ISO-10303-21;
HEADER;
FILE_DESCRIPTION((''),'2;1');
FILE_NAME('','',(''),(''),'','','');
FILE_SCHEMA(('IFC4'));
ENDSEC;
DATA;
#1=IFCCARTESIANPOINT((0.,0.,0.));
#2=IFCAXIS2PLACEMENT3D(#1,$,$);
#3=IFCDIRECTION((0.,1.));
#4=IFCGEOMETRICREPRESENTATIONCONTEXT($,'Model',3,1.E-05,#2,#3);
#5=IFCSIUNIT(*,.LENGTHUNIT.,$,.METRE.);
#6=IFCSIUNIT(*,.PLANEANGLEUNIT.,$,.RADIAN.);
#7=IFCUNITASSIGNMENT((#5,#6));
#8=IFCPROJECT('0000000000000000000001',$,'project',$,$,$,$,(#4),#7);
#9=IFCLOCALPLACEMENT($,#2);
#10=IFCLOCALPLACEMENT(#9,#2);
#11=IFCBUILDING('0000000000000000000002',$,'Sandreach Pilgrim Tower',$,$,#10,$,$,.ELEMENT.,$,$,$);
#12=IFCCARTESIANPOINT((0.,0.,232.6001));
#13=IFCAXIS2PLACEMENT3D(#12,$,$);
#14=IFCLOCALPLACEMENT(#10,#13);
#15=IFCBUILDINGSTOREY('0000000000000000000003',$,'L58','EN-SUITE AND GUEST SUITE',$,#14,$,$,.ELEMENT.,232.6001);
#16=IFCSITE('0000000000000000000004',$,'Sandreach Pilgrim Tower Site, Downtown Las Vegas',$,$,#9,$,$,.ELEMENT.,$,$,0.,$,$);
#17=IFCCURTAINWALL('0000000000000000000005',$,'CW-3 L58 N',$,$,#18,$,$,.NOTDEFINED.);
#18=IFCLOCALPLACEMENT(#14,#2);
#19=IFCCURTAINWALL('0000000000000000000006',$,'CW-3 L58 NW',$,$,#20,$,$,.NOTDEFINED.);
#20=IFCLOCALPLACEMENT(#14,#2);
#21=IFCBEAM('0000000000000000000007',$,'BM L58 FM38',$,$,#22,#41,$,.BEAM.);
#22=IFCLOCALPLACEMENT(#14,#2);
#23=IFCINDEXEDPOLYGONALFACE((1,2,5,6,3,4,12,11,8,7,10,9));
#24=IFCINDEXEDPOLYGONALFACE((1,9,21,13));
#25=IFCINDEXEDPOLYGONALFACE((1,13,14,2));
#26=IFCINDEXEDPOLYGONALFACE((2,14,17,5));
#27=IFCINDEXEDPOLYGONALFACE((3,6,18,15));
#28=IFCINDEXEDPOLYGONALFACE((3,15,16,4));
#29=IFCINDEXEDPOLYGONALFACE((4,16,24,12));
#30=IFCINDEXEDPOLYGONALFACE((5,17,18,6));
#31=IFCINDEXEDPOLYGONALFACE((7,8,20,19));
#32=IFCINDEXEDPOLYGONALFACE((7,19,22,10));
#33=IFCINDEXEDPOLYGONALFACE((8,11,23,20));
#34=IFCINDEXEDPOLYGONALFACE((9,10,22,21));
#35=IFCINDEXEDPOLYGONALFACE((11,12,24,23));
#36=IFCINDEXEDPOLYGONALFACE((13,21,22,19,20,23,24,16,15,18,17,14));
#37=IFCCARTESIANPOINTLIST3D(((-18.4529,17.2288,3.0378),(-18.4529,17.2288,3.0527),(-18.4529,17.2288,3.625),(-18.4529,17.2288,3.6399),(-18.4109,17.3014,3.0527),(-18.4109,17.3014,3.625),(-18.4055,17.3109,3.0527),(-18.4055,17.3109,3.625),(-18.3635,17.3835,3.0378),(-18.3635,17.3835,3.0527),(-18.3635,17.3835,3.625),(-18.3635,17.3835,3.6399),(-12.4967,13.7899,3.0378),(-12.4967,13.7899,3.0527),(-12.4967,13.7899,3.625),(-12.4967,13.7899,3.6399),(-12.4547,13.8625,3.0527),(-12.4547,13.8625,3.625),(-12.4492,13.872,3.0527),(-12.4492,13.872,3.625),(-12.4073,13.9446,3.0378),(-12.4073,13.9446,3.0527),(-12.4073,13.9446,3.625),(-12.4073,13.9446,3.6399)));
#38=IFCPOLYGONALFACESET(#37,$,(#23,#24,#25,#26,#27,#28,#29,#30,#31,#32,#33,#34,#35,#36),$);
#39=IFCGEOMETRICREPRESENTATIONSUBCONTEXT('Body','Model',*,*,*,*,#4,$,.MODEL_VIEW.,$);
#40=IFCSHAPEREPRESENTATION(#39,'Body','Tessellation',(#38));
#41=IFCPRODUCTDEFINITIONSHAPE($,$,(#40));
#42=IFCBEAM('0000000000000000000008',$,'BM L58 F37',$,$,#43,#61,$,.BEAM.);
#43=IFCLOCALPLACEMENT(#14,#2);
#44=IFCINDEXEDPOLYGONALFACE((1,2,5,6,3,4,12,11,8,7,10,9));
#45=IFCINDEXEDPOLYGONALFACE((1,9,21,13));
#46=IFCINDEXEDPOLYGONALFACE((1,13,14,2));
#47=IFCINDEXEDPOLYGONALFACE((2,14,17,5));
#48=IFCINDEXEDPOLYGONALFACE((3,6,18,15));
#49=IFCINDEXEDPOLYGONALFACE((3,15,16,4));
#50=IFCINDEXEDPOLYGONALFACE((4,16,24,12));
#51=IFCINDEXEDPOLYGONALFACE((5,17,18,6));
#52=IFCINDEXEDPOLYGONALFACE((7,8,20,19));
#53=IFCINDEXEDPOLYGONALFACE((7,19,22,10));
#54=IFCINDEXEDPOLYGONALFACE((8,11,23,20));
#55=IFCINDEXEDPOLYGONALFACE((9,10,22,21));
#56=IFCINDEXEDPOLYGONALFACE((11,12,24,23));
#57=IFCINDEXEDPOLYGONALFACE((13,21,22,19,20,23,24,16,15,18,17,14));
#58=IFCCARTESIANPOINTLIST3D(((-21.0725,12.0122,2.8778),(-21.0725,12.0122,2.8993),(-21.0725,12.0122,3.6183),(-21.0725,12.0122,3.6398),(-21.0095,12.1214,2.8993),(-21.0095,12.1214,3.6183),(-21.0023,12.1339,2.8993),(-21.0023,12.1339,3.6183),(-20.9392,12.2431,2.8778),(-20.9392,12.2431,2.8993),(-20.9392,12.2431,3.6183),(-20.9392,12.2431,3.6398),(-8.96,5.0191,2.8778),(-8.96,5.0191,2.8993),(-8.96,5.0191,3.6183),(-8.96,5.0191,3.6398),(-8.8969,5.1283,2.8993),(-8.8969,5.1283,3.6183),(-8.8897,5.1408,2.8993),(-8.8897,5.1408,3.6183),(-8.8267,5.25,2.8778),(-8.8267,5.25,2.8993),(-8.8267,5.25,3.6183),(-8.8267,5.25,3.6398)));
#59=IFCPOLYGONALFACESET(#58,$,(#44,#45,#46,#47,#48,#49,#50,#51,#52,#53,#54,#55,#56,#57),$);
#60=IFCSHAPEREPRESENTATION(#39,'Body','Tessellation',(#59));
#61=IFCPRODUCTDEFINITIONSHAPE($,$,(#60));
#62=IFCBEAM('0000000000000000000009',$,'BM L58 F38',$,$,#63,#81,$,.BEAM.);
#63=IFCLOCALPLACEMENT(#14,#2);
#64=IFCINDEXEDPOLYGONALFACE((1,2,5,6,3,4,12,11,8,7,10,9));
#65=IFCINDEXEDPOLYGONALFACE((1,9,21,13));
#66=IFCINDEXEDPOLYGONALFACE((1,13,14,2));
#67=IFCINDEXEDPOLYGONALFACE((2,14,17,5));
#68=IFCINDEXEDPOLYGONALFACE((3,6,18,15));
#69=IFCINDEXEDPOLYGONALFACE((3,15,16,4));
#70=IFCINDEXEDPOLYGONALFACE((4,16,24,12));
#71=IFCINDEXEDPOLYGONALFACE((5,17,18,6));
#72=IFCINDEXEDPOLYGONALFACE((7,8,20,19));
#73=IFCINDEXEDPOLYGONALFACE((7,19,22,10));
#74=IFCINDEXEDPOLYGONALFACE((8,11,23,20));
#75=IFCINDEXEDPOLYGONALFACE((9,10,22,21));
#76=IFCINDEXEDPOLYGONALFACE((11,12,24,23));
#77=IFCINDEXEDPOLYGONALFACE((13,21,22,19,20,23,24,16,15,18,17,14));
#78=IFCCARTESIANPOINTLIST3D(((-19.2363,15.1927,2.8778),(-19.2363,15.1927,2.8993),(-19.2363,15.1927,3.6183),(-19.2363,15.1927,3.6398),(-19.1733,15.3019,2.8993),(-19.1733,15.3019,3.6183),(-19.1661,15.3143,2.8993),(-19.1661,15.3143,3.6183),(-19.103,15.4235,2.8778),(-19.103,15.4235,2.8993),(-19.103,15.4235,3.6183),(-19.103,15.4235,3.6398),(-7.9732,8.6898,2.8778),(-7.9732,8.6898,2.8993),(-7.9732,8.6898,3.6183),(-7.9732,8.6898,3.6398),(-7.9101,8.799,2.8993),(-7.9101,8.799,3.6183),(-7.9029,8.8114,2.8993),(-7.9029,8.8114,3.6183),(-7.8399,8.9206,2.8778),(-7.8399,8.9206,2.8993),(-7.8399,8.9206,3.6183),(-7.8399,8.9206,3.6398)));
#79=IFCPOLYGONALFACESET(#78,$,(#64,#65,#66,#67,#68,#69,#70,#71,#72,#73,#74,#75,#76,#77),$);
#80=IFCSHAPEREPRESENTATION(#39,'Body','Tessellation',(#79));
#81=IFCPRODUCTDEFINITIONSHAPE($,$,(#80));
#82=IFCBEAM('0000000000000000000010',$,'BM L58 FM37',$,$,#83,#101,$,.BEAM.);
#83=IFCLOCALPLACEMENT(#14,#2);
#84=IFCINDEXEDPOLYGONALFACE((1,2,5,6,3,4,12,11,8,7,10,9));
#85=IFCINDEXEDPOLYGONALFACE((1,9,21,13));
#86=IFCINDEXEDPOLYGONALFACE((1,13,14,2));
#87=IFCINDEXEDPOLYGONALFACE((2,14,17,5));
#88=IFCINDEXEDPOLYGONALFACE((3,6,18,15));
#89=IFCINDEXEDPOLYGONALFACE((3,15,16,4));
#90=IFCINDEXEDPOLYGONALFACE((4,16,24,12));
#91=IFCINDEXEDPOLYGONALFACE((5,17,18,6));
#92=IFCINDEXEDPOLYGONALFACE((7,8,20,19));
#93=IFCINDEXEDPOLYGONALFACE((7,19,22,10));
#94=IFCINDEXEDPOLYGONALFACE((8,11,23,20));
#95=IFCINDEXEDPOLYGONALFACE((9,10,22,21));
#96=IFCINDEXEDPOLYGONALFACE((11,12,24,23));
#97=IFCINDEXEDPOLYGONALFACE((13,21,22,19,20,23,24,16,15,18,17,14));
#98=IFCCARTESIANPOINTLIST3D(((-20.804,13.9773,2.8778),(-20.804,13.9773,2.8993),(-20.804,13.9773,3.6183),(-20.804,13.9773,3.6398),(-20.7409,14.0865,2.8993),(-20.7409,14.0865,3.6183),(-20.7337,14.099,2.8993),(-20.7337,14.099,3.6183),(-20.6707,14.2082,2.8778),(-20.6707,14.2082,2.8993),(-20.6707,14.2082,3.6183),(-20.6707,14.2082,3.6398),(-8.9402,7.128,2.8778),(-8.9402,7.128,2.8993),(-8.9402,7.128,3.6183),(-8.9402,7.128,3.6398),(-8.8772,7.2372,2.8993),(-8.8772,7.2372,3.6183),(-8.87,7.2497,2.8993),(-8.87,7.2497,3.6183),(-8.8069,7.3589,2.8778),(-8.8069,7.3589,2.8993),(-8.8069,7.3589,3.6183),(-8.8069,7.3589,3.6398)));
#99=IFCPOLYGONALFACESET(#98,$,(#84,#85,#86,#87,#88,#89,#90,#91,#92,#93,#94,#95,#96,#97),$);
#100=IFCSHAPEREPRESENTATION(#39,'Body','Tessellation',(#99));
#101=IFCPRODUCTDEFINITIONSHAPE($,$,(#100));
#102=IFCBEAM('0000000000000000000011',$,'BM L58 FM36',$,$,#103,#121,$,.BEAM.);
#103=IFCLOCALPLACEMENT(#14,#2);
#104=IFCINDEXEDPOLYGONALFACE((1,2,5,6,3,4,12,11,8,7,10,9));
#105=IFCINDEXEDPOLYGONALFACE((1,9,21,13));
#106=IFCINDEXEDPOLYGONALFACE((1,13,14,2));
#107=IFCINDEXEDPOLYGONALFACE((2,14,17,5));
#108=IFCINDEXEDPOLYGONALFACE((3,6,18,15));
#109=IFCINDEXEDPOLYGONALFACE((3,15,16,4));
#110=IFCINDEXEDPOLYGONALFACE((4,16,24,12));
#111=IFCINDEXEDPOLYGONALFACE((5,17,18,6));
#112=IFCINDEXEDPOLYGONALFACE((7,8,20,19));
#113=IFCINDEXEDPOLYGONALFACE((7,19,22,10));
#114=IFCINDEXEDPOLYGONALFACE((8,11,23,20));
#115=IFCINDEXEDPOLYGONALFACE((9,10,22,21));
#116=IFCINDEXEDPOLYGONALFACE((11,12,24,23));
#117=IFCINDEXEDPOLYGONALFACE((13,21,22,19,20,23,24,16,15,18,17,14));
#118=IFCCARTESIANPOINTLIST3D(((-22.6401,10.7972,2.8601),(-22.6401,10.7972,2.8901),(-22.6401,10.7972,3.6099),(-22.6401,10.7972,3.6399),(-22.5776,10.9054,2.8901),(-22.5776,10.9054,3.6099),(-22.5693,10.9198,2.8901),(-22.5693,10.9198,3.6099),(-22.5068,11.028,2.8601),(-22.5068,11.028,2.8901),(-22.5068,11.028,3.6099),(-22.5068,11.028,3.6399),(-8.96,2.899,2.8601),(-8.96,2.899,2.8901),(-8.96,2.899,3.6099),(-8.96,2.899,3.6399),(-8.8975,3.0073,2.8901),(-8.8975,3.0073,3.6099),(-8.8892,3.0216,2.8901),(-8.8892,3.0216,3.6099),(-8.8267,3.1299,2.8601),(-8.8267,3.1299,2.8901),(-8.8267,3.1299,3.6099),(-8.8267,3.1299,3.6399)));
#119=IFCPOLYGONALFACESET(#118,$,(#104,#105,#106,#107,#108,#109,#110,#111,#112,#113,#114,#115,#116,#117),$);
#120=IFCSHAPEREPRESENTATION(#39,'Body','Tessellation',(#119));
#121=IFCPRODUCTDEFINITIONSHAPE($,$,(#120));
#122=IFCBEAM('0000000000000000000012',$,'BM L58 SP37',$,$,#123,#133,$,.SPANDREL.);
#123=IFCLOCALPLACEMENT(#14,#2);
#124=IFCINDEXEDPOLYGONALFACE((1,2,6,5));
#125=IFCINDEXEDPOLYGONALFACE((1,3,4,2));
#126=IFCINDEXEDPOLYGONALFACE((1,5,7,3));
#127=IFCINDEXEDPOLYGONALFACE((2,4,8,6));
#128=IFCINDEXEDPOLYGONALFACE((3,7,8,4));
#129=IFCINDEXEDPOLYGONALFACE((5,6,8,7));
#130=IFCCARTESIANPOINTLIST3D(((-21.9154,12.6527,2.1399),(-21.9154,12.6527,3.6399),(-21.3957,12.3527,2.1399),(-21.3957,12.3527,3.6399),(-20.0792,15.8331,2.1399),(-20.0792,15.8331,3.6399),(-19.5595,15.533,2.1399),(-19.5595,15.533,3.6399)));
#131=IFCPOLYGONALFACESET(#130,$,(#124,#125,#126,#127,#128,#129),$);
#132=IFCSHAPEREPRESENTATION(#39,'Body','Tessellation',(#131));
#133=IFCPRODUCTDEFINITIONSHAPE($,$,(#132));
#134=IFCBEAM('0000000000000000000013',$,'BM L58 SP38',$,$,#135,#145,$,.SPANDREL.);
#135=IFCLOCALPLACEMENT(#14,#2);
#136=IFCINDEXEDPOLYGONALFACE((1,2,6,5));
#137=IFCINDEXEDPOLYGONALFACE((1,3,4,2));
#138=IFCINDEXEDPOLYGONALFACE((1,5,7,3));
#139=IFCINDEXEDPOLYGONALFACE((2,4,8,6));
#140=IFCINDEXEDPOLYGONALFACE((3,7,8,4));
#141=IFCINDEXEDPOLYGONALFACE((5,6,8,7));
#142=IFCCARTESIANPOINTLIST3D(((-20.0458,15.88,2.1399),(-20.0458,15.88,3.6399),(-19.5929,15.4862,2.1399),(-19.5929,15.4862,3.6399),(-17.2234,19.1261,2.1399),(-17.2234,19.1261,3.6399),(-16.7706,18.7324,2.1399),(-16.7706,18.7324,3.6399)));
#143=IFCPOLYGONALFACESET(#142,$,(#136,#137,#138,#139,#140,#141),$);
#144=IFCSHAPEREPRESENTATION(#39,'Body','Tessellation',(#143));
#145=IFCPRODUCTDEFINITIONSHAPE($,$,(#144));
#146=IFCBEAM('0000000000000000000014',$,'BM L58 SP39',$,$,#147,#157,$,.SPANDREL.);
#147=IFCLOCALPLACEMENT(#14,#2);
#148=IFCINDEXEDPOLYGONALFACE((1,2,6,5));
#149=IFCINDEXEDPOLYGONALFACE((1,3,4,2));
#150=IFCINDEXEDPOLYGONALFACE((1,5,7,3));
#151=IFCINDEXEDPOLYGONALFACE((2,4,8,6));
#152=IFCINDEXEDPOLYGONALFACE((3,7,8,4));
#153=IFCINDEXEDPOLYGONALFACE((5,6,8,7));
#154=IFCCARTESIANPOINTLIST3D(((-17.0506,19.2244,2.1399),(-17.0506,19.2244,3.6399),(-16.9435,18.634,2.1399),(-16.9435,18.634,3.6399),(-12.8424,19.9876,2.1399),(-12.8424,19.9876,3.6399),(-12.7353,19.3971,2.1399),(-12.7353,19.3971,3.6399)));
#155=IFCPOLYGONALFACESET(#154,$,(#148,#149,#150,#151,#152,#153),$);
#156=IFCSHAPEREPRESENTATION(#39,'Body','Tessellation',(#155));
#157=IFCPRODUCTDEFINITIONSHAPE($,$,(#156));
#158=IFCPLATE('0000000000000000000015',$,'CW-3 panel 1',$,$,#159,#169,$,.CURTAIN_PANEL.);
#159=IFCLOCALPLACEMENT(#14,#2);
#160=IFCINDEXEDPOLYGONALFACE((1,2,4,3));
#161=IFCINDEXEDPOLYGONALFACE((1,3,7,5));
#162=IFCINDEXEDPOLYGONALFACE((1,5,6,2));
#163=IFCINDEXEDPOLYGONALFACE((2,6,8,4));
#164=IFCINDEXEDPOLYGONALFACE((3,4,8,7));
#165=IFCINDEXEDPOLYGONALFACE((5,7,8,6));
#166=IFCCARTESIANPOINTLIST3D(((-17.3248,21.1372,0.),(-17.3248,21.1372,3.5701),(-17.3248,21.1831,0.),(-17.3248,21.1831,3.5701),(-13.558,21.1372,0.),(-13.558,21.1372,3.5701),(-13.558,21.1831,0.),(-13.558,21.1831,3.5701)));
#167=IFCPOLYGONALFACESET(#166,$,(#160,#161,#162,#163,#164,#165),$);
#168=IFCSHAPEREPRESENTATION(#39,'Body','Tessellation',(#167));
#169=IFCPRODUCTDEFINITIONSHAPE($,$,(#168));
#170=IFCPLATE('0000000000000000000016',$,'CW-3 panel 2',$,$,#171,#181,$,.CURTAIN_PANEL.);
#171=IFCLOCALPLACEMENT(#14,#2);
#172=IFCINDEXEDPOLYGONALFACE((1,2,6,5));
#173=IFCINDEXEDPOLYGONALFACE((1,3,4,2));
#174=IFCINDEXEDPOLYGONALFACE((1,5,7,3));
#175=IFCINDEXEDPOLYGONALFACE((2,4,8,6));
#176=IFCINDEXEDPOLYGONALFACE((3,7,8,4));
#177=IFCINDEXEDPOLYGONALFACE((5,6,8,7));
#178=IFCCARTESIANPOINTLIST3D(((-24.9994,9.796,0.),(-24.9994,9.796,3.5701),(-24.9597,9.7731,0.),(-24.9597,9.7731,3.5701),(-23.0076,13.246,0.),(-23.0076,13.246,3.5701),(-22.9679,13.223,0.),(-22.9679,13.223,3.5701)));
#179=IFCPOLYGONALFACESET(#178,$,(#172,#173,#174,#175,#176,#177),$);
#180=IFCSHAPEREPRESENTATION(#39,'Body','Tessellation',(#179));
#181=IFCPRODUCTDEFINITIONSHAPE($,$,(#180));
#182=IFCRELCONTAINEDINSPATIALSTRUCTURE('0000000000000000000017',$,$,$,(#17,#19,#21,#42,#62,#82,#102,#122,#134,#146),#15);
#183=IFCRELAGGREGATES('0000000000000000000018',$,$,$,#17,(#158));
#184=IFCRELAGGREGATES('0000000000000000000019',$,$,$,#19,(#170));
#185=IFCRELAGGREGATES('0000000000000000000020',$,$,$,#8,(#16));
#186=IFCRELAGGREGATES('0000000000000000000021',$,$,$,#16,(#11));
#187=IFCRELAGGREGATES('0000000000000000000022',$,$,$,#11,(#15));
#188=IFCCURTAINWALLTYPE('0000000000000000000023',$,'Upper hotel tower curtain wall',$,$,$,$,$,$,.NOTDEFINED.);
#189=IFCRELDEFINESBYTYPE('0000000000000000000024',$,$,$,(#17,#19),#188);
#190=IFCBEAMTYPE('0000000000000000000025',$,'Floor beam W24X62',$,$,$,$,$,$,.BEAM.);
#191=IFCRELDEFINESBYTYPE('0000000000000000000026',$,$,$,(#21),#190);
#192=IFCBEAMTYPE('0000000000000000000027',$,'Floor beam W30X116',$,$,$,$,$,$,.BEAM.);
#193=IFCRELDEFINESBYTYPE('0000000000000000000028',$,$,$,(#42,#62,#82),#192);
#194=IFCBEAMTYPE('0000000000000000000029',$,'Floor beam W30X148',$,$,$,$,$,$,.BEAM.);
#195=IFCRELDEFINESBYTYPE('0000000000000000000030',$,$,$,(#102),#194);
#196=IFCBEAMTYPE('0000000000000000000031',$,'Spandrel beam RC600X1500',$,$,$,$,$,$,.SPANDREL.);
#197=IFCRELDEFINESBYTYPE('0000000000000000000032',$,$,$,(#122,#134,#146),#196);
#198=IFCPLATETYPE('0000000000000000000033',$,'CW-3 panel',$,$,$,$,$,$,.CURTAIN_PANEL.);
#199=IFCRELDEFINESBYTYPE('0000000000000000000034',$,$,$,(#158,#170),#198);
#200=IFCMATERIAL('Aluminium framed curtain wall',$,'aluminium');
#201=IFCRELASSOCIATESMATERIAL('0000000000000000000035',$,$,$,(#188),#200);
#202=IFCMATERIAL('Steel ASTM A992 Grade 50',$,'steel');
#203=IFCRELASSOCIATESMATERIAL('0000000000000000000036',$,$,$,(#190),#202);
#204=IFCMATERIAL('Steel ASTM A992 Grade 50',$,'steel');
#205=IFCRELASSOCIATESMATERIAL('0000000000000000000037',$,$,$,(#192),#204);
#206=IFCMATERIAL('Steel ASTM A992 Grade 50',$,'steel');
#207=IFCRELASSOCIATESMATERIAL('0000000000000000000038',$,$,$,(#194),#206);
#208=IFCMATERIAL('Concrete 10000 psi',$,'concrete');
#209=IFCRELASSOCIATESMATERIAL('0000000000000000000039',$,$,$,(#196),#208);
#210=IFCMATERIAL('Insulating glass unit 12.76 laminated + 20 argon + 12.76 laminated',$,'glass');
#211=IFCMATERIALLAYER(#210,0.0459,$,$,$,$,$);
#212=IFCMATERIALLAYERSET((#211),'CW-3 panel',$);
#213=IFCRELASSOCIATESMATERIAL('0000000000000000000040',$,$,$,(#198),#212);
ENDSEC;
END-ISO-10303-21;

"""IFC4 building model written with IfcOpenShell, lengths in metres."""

from ifc_helpers import new_model, si_unit, direction, frame, origin, origin_2d, place, context, subcontext, project, spatial, rectangle, i_section, extrude, material, layer, layer_set, material_profile, profile_set, type_object, element, aggregate, save


model = new_model("IFC4")

# Units and contexts
model_context = context("Model", 3, precision=1e-05, world=origin(), true_north=direction((0.0, 1.0)))
body_context = subcontext(model_context, "Body", "Model", "MODEL_VIEW")
ifc_project = project(units=[si_unit("LENGTHUNIT", "METRE"), si_unit("PLANEANGLEUNIT", "RADIAN")], contexts=[model_context])

# Site, building, storey
site_placement = place(None, origin())
site = spatial("IfcSite", under=ifc_project, at=site_placement, Name="Sandreach Pilgrim Tower Site, Downtown Las Vegas", CompositionType="ELEMENT", RefElevation=0.0)
building_placement = place(site_placement, origin())
building = spatial("IfcBuilding", under=site, at=building_placement, Name="Sandreach Pilgrim Tower", CompositionType="ELEMENT")
storey_placement = place(building_placement, frame((0.0, 0.0, 232.6001)))
storey = spatial("IfcBuildingStorey", under=building, at=storey_placement, Name="L58", Description="EN-SUITE AND GUEST SUITE", CompositionType="ELEMENT", Elevation=232.6001)

# Curtain wall
ifc_material_1 = material(Name="Aluminium framed curtain wall", Category="aluminium")
curtain_wall_type = type_object("IfcCurtainWallType", Name="Upper hotel tower curtain wall", PredefinedType="NOTDEFINED", material=ifc_material_1)
curtain_wall_1_placement = place(storey_placement, origin())
curtain_wall_1 = element("IfcCurtainWall", 1, at=curtain_wall_1_placement, inside=storey, type_object=curtain_wall_type, Name="CW-3 L58 N", PredefinedType="NOTDEFINED")

# Curtain wall
curtain_wall_2_placement = place(storey_placement, origin())
curtain_wall_2 = element("IfcCurtainWall", 2, at=curtain_wall_2_placement, inside=storey, type_object=curtain_wall_type, Name="CW-3 L58 NW", PredefinedType="NOTDEFINED")

# Beams
ifc_material_2 = material(Name="Steel ASTM A992 Grade 50", Category="steel")
ifc_material_profile_1 = material_profile(ifc_material_2, i_section(OverallWidth=0.1787, OverallDepth=0.6021, WebThickness=0.011, FlangeThickness=0.0149, at=origin_2d()), Name="W24X62")
ifc_profile_set_1 = profile_set([ifc_material_profile_1], Name="Steel ASTM A992 Grade 50")
beam_type_1 = type_object("IfcBeamType", Name="Floor beam W24X62", PredefinedType="BEAM", material=ifc_profile_set_1)
beam_1_placement = place(storey_placement, frame((-18.4082, 17.3062, 3.3389), z_axis=(0.866019, -0.50001, 0.0), x_axis=(0.50001, 0.866019, 0.0)))
element("IfcBeam", 3, at=beam_1_placement, inside=storey, type_object=beam_type_1, Name="BM L58 FM38", PredefinedType="BEAM", context=body_context, shape_type="SweptSolid", body=[
    extrude(i_section(OverallWidth=0.1787, OverallDepth=0.6021, WebThickness=0.011, FlangeThickness=0.0149, at=origin_2d()), origin(), (0.0, 0.0, 1.0), 6.8777),
])
ifc_material_3 = material(Name="Steel ASTM A992 Grade 50", Category="steel")
ifc_material_profile_2 = material_profile(ifc_material_3, i_section(OverallWidth=0.2666, OverallDepth=0.762, WebThickness=0.0144, FlangeThickness=0.0215, at=origin_2d()), Name="W30X116")
ifc_profile_set_2 = profile_set([ifc_material_profile_2], Name="Steel ASTM A992 Grade 50")
beam_type_2 = type_object("IfcBeamType", Name="Floor beam W30X116", PredefinedType="BEAM", material=ifc_profile_set_2)
beam_2_placement = place(storey_placement, frame((-21.0059, 12.1277, 3.2588), z_axis=(0.866026, -0.499999, 0.0), x_axis=(0.499999, 0.866026, 0.0)))
element("IfcBeam", 4, at=beam_2_placement, inside=storey, type_object=beam_type_2, Name="BM L58 F37", PredefinedType="BEAM", context=body_context, shape_type="SweptSolid", body=[
    extrude(i_section(OverallWidth=0.2666, OverallDepth=0.762, WebThickness=0.0144, FlangeThickness=0.0215, at=origin_2d()), origin(), (0.0, 0.0, 1.0), 13.9863),
])
beam_3_placement = place(storey_placement, frame((-19.1697, 15.3081, 3.2588), z_axis=(0.866021, -0.500007, 0.0), x_axis=(0.500007, 0.866021, 0.0)))
element("IfcBeam", 5, at=beam_3_placement, inside=storey, type_object=beam_type_2, Name="BM L58 F38", PredefinedType="BEAM", context=body_context, shape_type="SweptSolid", body=[
    extrude(i_section(OverallWidth=0.2666, OverallDepth=0.762, WebThickness=0.0144, FlangeThickness=0.0215, at=origin_2d()), origin(), (0.0, 0.0, 1.0), 13.0056),
])
beam_4_placement = place(storey_placement, frame((-20.7373, 14.0928, 3.2588), z_axis=(0.866031, -0.49999, 0.0), x_axis=(0.49999, 0.866031, 0.0)))
element("IfcBeam", 6, at=beam_4_placement, inside=storey, type_object=beam_type_2, Name="BM L58 FM37", PredefinedType="BEAM", context=body_context, shape_type="SweptSolid", body=[
    extrude(i_section(OverallWidth=0.2666, OverallDepth=0.762, WebThickness=0.0144, FlangeThickness=0.0215, at=origin_2d()), origin(), (0.0, 0.0, 1.0), 13.699),
])
ifc_material_4 = material(Name="Steel ASTM A992 Grade 50", Category="steel")
ifc_material_profile_3 = material_profile(ifc_material_4, i_section(OverallWidth=0.2666, OverallDepth=0.7798, WebThickness=0.0166, FlangeThickness=0.03, at=origin_2d()), Name="W30X148")
ifc_profile_set_3 = profile_set([ifc_material_profile_3], Name="Steel ASTM A992 Grade 50")
beam_type_3 = type_object("IfcBeamType", Name="Floor beam W30X148", PredefinedType="BEAM", material=ifc_profile_set_3)
beam_5_placement = place(storey_placement, frame((-22.5735, 10.9126, 3.25), z_axis=(0.866027, -0.499997, 0.0), x_axis=(0.499997, 0.866027, 0.0)))
element("IfcBeam", 7, at=beam_5_placement, inside=storey, type_object=beam_type_3, Name="BM L58 FM36", PredefinedType="BEAM", context=body_context, shape_type="SweptSolid", body=[
    extrude(i_section(OverallWidth=0.2666, OverallDepth=0.7798, WebThickness=0.0166, FlangeThickness=0.03, at=origin_2d()), origin(), (0.0, 0.0, 1.0), 15.7964),
])
ifc_material_5 = material(Name="Concrete 10000 psi", Category="concrete")
ifc_material_profile_4 = material_profile(ifc_material_5, rectangle(XDim=0.6001, YDim=1.5, at=origin_2d()), Name="RC600X1500")
ifc_profile_set_4 = profile_set([ifc_material_profile_4], Name="Concrete 10000 psi")
beam_type_4 = type_object("IfcBeamType", Name="Spandrel beam RC600X1500", PredefinedType="SPANDREL", material=ifc_profile_set_4)
beam_6_placement = place(storey_placement, frame((-21.6555, 12.5027, 2.8899), z_axis=(0.499993, 0.866029, 0.0), x_axis=(-0.866029, 0.499993, 0.0)))
element("IfcBeam", 8, at=beam_6_placement, inside=storey, type_object=beam_type_4, Name="BM L58 SP37", PredefinedType="SPANDREL", context=body_context, shape_type="SweptSolid", body=[
    extrude(rectangle(XDim=0.6001, YDim=1.5, at=origin_2d()), origin(), (0.0, 0.0, 1.0), 3.6724),
])
beam_7_placement = place(storey_placement, frame((-19.8193, 15.6831, 2.8899), z_axis=(0.656123, 0.754654, 0.0), x_axis=(-0.754654, 0.656123, 0.0)))
element("IfcBeam", 9, at=beam_7_placement, inside=storey, type_object=beam_type_4, Name="BM L58 SP38", PredefinedType="SPANDREL", context=body_context, shape_type="SweptSolid", body=[
    extrude(rectangle(XDim=0.6001, YDim=1.5, at=origin_2d()), origin(), (0.0, 0.0, 1.0), 4.3015),
])
beam_8_placement = place(storey_placement, frame((-16.9971, 18.9292, 2.8899), z_axis=(0.98395, 0.178443, 0.0), x_axis=(-0.178443, 0.98395, 0.0)))
element("IfcBeam", 10, at=beam_8_placement, inside=storey, type_object=beam_type_4, Name="BM L58 SP39", PredefinedType="SPANDREL", context=body_context, shape_type="SweptSolid", body=[
    extrude(rectangle(XDim=0.6001, YDim=1.5, at=origin_2d()), origin(), (0.0, 0.0, 1.0), 4.2769),
])

# Plates
ifc_material_6 = material(Name="Insulating glass unit 12.76 laminated + 20 argon + 12.76 laminated", Category="glass")
ifc_layer_1 = layer(ifc_material_6, 0.0459)
ifc_layer_set_1 = layer_set([ifc_layer_1], Name="CW-3 panel")
plate_type = type_object("IfcPlateType", Name="CW-3 panel", PredefinedType="CURTAIN_PANEL", material=ifc_layer_set_1)
plate_1_placement = place(storey_placement, frame((-15.4414, 21.1602, 0.0), z_axis=(0.0, 0.0, 1.0), x_axis=(1.0, 0.0, 0.0)))
plate_1 = element("IfcPlate", 11, at=plate_1_placement, type_object=plate_type, Name="CW-3 panel 1", PredefinedType="CURTAIN_PANEL", context=body_context, shape_type="SweptSolid", body=[
    extrude(rectangle(XDim=3.7668, YDim=0.0459, at=origin_2d()), origin(), (0.0, 0.0, 1.0), 3.5701),
])
aggregate(curtain_wall_1, [plate_1])
plate_2_placement = place(storey_placement, frame((-23.9836, 11.5095, 0.0), z_axis=(0.0, 0.0, 1.0), x_axis=(0.5, 0.866025, 0.0)))
plate_2 = element("IfcPlate", 12, at=plate_2_placement, type_object=plate_type, Name="CW-3 panel 2", PredefinedType="CURTAIN_PANEL", context=body_context, shape_type="SweptSolid", body=[
    extrude(rectangle(XDim=3.9836, YDim=0.0459, at=origin_2d()), origin(), (0.0, 0.0, 1.0), 3.5701),
])
aggregate(curtain_wall_2, [plate_2])

save(model, "model.ifc")
